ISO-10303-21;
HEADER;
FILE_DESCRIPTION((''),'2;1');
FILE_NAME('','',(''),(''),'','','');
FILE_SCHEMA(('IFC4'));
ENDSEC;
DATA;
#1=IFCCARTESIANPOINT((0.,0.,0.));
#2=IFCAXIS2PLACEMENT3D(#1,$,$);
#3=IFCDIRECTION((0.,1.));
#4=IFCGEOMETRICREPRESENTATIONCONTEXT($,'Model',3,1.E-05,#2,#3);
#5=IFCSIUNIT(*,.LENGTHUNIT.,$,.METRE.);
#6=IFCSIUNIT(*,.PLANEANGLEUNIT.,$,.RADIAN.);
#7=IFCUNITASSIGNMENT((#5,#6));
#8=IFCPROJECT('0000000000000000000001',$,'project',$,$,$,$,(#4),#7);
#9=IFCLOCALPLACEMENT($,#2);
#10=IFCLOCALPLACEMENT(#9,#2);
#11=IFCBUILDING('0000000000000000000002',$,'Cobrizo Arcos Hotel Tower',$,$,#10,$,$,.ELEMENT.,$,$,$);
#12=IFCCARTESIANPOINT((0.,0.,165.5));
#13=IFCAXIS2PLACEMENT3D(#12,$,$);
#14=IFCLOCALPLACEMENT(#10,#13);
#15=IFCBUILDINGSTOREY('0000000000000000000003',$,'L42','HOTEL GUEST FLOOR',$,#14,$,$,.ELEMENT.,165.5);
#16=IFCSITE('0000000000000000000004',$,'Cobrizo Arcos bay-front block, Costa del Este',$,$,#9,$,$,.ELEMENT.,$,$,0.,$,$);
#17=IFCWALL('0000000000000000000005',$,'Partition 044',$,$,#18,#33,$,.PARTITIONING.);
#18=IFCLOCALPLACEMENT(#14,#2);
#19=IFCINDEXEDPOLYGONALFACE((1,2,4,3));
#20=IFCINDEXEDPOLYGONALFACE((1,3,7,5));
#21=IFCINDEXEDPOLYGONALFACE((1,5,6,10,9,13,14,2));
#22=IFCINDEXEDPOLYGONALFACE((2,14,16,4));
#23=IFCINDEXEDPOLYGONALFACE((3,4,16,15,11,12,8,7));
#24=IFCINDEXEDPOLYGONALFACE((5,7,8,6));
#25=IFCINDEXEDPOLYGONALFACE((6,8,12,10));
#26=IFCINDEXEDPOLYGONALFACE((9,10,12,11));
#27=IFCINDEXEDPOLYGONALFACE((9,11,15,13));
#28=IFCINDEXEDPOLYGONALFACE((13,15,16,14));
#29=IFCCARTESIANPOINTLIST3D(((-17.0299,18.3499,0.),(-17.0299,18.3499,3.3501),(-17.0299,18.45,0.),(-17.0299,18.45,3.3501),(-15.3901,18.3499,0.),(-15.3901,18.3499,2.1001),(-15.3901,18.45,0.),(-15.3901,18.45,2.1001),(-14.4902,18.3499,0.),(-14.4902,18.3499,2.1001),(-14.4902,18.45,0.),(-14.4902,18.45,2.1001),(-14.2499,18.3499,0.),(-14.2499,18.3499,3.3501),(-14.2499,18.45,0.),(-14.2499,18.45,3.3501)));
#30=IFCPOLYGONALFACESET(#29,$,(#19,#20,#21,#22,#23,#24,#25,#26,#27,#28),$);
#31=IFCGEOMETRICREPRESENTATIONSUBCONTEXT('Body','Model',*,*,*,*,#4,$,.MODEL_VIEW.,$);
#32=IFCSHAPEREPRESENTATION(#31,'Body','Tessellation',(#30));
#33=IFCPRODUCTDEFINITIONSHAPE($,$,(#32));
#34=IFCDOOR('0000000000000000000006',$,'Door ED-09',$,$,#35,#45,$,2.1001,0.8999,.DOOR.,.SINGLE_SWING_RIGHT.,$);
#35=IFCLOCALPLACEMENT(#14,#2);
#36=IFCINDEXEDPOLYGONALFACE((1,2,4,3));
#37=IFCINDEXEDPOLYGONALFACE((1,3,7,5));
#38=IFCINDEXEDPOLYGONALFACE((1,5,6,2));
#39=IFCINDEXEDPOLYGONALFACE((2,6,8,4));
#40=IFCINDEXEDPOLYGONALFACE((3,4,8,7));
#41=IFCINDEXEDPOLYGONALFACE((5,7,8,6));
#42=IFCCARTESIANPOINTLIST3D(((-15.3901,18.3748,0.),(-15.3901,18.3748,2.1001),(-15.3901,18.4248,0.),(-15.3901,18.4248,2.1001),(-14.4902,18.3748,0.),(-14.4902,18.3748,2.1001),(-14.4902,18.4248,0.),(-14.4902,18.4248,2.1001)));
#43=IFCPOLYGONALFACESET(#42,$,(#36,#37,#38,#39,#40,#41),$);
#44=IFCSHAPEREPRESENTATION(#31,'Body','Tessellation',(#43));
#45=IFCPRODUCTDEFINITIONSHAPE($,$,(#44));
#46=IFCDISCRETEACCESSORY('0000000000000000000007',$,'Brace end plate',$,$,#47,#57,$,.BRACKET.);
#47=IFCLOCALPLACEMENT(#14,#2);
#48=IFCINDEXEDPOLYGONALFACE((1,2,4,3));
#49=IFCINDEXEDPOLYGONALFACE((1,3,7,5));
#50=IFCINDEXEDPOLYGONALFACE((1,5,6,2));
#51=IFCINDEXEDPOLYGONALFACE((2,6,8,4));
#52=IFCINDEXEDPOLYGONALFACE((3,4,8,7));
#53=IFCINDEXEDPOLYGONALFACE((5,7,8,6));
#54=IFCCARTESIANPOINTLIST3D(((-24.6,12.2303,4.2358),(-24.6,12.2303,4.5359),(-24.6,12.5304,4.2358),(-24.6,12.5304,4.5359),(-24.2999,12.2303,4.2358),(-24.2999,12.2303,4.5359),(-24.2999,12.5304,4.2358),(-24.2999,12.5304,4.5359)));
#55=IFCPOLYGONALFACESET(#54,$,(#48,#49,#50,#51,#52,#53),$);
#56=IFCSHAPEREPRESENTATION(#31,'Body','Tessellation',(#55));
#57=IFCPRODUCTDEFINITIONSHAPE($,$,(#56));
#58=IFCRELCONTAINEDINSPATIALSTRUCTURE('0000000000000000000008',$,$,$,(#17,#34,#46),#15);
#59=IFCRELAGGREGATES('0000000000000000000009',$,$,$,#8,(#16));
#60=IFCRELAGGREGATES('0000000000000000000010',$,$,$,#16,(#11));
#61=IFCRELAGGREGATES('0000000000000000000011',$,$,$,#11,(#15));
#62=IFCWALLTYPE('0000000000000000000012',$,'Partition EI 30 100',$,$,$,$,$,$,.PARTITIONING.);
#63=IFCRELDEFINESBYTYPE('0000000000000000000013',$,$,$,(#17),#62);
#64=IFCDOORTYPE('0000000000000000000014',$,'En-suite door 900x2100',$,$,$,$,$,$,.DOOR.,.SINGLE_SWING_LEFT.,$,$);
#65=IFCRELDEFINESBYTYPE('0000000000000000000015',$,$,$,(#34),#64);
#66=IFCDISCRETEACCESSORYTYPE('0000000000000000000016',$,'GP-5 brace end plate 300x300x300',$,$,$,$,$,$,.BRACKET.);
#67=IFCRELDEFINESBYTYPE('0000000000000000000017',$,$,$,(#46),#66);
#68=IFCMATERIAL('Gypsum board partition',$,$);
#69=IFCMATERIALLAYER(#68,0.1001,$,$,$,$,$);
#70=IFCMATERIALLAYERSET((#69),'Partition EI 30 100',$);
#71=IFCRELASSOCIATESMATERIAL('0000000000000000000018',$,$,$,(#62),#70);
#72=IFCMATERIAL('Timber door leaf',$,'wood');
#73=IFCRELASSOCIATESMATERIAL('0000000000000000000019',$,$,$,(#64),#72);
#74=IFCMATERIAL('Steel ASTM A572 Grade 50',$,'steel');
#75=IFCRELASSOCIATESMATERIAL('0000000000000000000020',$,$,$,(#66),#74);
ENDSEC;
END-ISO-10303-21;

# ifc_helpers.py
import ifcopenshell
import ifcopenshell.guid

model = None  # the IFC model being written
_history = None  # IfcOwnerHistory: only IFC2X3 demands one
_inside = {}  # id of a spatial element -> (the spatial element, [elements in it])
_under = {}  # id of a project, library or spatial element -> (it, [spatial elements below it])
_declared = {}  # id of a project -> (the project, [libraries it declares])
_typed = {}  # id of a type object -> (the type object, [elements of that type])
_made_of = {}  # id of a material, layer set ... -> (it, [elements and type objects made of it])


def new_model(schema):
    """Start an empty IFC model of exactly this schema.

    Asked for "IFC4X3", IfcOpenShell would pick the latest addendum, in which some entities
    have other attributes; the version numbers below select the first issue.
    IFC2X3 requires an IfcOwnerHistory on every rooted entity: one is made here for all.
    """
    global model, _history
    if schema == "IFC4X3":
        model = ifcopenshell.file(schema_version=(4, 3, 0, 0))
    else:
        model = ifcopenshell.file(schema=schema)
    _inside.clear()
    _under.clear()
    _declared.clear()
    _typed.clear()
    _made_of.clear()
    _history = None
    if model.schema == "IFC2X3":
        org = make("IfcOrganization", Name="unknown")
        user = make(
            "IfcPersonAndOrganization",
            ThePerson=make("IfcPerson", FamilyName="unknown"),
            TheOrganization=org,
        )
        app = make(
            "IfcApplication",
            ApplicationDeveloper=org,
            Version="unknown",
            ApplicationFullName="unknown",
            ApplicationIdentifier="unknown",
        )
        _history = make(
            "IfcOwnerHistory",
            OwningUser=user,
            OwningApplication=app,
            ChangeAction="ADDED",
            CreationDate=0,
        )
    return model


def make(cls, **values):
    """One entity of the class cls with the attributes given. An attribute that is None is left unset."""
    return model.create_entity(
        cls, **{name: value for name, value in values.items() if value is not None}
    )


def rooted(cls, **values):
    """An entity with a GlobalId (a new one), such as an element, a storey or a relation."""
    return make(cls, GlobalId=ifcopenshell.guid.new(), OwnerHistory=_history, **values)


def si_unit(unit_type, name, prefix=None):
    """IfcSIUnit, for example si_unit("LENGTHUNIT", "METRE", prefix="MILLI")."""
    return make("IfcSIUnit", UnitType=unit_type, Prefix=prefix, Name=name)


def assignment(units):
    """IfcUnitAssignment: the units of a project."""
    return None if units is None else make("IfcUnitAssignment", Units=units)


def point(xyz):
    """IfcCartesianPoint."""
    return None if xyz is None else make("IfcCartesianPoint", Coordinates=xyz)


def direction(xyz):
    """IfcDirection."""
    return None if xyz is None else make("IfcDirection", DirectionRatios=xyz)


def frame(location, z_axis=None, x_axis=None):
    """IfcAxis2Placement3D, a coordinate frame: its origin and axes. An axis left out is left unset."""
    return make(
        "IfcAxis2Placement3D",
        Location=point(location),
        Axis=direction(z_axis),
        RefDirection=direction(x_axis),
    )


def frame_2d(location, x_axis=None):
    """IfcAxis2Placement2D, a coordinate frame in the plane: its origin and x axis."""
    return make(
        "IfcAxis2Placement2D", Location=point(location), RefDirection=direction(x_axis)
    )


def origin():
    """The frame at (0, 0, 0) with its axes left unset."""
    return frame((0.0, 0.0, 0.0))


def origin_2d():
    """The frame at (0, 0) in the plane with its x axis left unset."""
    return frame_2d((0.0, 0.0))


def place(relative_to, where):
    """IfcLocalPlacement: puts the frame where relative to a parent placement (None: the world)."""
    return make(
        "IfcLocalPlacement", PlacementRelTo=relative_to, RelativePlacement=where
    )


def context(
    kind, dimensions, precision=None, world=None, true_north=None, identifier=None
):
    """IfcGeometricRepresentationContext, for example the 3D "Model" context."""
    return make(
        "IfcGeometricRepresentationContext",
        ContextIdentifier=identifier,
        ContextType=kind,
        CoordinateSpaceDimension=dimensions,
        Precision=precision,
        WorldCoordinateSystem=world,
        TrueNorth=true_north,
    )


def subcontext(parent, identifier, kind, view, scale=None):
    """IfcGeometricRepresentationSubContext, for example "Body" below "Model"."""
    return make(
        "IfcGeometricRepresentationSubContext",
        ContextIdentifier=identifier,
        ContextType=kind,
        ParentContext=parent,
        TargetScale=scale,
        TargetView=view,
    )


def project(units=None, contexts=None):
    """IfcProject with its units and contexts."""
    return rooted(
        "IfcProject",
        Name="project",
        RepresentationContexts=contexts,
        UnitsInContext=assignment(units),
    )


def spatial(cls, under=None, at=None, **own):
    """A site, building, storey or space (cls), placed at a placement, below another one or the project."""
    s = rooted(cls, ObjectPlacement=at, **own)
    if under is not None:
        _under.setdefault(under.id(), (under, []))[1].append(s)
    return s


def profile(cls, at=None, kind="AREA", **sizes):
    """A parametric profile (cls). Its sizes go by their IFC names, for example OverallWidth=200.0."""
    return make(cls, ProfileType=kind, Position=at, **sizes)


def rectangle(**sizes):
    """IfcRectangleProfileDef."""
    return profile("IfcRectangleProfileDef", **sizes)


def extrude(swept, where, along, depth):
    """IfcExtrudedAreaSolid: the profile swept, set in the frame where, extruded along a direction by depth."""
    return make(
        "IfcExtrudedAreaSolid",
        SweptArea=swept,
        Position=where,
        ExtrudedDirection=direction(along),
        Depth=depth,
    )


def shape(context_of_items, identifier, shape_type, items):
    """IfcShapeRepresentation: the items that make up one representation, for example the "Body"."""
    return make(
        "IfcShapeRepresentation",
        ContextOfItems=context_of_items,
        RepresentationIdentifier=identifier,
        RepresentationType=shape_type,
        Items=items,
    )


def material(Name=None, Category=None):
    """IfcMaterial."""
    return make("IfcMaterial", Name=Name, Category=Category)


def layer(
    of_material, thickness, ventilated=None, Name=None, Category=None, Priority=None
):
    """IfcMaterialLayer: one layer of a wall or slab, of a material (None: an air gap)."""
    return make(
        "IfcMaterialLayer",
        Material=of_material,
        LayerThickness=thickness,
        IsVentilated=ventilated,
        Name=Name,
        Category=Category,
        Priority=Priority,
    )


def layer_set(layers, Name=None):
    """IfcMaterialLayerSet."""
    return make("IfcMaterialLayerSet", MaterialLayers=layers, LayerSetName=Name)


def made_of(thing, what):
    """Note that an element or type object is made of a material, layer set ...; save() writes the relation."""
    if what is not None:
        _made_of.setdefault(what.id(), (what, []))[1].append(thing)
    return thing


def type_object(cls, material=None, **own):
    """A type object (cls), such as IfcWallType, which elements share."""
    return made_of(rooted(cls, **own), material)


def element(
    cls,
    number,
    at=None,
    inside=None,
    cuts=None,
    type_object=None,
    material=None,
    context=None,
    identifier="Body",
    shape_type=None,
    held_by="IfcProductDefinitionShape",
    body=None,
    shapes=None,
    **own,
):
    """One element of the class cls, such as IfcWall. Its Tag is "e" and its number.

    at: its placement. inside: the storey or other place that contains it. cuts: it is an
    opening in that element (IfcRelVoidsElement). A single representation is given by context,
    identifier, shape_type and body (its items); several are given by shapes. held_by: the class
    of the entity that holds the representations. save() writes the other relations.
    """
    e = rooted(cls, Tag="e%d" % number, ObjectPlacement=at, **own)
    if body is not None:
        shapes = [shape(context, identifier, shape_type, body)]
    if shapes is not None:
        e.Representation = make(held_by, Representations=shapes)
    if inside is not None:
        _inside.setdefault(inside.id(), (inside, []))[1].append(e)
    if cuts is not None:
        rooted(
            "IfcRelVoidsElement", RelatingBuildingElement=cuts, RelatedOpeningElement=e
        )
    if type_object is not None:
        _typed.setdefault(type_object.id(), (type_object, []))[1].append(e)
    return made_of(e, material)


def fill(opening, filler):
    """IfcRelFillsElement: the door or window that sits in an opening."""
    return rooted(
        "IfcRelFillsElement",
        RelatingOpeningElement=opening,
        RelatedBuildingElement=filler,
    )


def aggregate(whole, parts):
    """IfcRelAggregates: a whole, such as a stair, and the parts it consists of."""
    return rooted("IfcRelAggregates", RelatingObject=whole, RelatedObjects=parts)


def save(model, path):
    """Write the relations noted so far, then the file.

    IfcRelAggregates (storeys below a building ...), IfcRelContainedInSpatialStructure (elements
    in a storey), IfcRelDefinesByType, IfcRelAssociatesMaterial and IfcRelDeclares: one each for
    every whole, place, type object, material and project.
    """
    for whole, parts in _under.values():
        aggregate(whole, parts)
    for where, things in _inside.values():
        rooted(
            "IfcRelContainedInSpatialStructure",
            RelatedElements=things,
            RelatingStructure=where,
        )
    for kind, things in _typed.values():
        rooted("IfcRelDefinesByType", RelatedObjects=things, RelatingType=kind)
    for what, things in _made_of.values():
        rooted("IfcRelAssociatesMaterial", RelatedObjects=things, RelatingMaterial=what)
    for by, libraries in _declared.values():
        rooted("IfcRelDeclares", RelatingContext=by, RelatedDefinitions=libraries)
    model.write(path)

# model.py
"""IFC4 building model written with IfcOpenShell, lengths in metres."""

from ifc_helpers import new_model, si_unit, direction, frame, frame_2d, origin, origin_2d, place, context, subcontext, project, spatial, rectangle, extrude, material, layer, layer_set, type_object, element, fill, save


model = new_model("IFC4")

# Units and contexts
model_context = context("Model", 3, precision=1e-05, world=origin(), true_north=direction((0.0, 1.0)))
body_context = subcontext(model_context, "Body", "Model", "MODEL_VIEW")
ifc_project = project(units=[si_unit("LENGTHUNIT", "METRE"), si_unit("PLANEANGLEUNIT", "RADIAN")], contexts=[model_context])

# Site, building, storey
site_placement = place(None, origin())
site = spatial("IfcSite", under=ifc_project, at=site_placement, Name="Cobrizo Arcos bay-front block, Costa del Este", CompositionType="ELEMENT", RefElevation=0.0)
building_placement = place(site_placement, origin())
building = spatial("IfcBuilding", under=site, at=building_placement, Name="Cobrizo Arcos Hotel Tower", CompositionType="ELEMENT")
storey_placement = place(building_placement, frame((0.0, 0.0, 165.5)))
storey = spatial("IfcBuildingStorey", under=building, at=storey_placement, Name="L42", Description="HOTEL GUEST FLOOR", CompositionType="ELEMENT", Elevation=165.5)

# Shared definitions
ifc_material_1 = material(Name="Steel ASTM A572 Grade 50", Category="steel")

# Wall, opening, door
ifc_material_2 = material(Name="Gypsum board partition")
ifc_layer_1 = layer(ifc_material_2, 0.1001)
ifc_layer_set_1 = layer_set([ifc_layer_1], Name="Partition EI 30 100")
wall_type = type_object("IfcWallType", Name="Partition EI 30 100", PredefinedType="PARTITIONING", material=ifc_layer_set_1)
wall_placement = place(storey_placement, frame((-17.03, 18.3999, 0.0), z_axis=(0.0, 0.0, 1.0), x_axis=(1.0, 0.0, 0.0)))
wall = element("IfcWall", 1, at=wall_placement, inside=storey, type_object=wall_type, Name="Partition 044", PredefinedType="PARTITIONING", context=body_context, shape_type="SweptSolid", body=[
    extrude(rectangle(XDim=2.78, YDim=0.1001, at=frame_2d((1.3901, 0.0))), origin(), (0.0, 0.0, 1.0), 3.3501),
])
opening_placement = place(wall_placement, frame((1.6399, 0.0, 0.0)))
opening = element("IfcOpeningElement", 2, at=opening_placement, cuts=wall, PredefinedType="OPENING", context=body_context, shape_type="SweptSolid", body=[
    extrude(rectangle(XDim=0.8999, YDim=2.1001, at=frame_2d((0.45, 1.05))), frame((0.0, 0.062, 0.0), z_axis=(0.0, -1.0, 0.0), x_axis=(1.0, 0.0, 0.0)), (0.0, 0.0, 1.0), 0.124),
])
ifc_material_3 = material(Name="Timber door leaf", Category="wood")
door_type = type_object("IfcDoorType", Name="En-suite door 900x2100", OperationType="SINGLE_SWING_LEFT", PredefinedType="DOOR", material=ifc_material_3)
door_placement = place(opening_placement, origin())
door = element("IfcDoor", 3, at=door_placement, inside=storey, type_object=door_type, Name="Door ED-09", OperationType="SINGLE_SWING_RIGHT", OverallHeight=2.1001, OverallWidth=0.8999, PredefinedType="DOOR", context=body_context, shape_type="SweptSolid", body=[
    extrude(rectangle(XDim=0.8999, YDim=2.1001, at=frame_2d((0.45, 1.05))), frame((0.0, 0.0249, 0.0), z_axis=(0.0, -1.0, 0.0), x_axis=(1.0, 0.0, 0.0)), (0.0, 0.0, 1.0), 0.05),
])
fill(opening, door)

# Discrete accessory
discrete_accessory_type = type_object("IfcDiscreteAccessoryType", Name="GP-5 brace end plate 300x300x300", PredefinedType="BRACKET", material=ifc_material_1)
discrete_accessory_placement = place(storey_placement, frame((-24.45, 12.3804, 4.2358), z_axis=(0.0, 0.0, 1.0), x_axis=(1.0, 0.0, 0.0)))
element("IfcDiscreteAccessory", 4, at=discrete_accessory_placement, inside=storey, type_object=discrete_accessory_type, Name="Brace end plate", PredefinedType="BRACKET", context=body_context, shape_type="SweptSolid", body=[
    extrude(rectangle(XDim=0.3, YDim=0.3, at=origin_2d()), origin(), (0.0, 0.0, 1.0), 0.3),
])

save(model, "model.ifc")
